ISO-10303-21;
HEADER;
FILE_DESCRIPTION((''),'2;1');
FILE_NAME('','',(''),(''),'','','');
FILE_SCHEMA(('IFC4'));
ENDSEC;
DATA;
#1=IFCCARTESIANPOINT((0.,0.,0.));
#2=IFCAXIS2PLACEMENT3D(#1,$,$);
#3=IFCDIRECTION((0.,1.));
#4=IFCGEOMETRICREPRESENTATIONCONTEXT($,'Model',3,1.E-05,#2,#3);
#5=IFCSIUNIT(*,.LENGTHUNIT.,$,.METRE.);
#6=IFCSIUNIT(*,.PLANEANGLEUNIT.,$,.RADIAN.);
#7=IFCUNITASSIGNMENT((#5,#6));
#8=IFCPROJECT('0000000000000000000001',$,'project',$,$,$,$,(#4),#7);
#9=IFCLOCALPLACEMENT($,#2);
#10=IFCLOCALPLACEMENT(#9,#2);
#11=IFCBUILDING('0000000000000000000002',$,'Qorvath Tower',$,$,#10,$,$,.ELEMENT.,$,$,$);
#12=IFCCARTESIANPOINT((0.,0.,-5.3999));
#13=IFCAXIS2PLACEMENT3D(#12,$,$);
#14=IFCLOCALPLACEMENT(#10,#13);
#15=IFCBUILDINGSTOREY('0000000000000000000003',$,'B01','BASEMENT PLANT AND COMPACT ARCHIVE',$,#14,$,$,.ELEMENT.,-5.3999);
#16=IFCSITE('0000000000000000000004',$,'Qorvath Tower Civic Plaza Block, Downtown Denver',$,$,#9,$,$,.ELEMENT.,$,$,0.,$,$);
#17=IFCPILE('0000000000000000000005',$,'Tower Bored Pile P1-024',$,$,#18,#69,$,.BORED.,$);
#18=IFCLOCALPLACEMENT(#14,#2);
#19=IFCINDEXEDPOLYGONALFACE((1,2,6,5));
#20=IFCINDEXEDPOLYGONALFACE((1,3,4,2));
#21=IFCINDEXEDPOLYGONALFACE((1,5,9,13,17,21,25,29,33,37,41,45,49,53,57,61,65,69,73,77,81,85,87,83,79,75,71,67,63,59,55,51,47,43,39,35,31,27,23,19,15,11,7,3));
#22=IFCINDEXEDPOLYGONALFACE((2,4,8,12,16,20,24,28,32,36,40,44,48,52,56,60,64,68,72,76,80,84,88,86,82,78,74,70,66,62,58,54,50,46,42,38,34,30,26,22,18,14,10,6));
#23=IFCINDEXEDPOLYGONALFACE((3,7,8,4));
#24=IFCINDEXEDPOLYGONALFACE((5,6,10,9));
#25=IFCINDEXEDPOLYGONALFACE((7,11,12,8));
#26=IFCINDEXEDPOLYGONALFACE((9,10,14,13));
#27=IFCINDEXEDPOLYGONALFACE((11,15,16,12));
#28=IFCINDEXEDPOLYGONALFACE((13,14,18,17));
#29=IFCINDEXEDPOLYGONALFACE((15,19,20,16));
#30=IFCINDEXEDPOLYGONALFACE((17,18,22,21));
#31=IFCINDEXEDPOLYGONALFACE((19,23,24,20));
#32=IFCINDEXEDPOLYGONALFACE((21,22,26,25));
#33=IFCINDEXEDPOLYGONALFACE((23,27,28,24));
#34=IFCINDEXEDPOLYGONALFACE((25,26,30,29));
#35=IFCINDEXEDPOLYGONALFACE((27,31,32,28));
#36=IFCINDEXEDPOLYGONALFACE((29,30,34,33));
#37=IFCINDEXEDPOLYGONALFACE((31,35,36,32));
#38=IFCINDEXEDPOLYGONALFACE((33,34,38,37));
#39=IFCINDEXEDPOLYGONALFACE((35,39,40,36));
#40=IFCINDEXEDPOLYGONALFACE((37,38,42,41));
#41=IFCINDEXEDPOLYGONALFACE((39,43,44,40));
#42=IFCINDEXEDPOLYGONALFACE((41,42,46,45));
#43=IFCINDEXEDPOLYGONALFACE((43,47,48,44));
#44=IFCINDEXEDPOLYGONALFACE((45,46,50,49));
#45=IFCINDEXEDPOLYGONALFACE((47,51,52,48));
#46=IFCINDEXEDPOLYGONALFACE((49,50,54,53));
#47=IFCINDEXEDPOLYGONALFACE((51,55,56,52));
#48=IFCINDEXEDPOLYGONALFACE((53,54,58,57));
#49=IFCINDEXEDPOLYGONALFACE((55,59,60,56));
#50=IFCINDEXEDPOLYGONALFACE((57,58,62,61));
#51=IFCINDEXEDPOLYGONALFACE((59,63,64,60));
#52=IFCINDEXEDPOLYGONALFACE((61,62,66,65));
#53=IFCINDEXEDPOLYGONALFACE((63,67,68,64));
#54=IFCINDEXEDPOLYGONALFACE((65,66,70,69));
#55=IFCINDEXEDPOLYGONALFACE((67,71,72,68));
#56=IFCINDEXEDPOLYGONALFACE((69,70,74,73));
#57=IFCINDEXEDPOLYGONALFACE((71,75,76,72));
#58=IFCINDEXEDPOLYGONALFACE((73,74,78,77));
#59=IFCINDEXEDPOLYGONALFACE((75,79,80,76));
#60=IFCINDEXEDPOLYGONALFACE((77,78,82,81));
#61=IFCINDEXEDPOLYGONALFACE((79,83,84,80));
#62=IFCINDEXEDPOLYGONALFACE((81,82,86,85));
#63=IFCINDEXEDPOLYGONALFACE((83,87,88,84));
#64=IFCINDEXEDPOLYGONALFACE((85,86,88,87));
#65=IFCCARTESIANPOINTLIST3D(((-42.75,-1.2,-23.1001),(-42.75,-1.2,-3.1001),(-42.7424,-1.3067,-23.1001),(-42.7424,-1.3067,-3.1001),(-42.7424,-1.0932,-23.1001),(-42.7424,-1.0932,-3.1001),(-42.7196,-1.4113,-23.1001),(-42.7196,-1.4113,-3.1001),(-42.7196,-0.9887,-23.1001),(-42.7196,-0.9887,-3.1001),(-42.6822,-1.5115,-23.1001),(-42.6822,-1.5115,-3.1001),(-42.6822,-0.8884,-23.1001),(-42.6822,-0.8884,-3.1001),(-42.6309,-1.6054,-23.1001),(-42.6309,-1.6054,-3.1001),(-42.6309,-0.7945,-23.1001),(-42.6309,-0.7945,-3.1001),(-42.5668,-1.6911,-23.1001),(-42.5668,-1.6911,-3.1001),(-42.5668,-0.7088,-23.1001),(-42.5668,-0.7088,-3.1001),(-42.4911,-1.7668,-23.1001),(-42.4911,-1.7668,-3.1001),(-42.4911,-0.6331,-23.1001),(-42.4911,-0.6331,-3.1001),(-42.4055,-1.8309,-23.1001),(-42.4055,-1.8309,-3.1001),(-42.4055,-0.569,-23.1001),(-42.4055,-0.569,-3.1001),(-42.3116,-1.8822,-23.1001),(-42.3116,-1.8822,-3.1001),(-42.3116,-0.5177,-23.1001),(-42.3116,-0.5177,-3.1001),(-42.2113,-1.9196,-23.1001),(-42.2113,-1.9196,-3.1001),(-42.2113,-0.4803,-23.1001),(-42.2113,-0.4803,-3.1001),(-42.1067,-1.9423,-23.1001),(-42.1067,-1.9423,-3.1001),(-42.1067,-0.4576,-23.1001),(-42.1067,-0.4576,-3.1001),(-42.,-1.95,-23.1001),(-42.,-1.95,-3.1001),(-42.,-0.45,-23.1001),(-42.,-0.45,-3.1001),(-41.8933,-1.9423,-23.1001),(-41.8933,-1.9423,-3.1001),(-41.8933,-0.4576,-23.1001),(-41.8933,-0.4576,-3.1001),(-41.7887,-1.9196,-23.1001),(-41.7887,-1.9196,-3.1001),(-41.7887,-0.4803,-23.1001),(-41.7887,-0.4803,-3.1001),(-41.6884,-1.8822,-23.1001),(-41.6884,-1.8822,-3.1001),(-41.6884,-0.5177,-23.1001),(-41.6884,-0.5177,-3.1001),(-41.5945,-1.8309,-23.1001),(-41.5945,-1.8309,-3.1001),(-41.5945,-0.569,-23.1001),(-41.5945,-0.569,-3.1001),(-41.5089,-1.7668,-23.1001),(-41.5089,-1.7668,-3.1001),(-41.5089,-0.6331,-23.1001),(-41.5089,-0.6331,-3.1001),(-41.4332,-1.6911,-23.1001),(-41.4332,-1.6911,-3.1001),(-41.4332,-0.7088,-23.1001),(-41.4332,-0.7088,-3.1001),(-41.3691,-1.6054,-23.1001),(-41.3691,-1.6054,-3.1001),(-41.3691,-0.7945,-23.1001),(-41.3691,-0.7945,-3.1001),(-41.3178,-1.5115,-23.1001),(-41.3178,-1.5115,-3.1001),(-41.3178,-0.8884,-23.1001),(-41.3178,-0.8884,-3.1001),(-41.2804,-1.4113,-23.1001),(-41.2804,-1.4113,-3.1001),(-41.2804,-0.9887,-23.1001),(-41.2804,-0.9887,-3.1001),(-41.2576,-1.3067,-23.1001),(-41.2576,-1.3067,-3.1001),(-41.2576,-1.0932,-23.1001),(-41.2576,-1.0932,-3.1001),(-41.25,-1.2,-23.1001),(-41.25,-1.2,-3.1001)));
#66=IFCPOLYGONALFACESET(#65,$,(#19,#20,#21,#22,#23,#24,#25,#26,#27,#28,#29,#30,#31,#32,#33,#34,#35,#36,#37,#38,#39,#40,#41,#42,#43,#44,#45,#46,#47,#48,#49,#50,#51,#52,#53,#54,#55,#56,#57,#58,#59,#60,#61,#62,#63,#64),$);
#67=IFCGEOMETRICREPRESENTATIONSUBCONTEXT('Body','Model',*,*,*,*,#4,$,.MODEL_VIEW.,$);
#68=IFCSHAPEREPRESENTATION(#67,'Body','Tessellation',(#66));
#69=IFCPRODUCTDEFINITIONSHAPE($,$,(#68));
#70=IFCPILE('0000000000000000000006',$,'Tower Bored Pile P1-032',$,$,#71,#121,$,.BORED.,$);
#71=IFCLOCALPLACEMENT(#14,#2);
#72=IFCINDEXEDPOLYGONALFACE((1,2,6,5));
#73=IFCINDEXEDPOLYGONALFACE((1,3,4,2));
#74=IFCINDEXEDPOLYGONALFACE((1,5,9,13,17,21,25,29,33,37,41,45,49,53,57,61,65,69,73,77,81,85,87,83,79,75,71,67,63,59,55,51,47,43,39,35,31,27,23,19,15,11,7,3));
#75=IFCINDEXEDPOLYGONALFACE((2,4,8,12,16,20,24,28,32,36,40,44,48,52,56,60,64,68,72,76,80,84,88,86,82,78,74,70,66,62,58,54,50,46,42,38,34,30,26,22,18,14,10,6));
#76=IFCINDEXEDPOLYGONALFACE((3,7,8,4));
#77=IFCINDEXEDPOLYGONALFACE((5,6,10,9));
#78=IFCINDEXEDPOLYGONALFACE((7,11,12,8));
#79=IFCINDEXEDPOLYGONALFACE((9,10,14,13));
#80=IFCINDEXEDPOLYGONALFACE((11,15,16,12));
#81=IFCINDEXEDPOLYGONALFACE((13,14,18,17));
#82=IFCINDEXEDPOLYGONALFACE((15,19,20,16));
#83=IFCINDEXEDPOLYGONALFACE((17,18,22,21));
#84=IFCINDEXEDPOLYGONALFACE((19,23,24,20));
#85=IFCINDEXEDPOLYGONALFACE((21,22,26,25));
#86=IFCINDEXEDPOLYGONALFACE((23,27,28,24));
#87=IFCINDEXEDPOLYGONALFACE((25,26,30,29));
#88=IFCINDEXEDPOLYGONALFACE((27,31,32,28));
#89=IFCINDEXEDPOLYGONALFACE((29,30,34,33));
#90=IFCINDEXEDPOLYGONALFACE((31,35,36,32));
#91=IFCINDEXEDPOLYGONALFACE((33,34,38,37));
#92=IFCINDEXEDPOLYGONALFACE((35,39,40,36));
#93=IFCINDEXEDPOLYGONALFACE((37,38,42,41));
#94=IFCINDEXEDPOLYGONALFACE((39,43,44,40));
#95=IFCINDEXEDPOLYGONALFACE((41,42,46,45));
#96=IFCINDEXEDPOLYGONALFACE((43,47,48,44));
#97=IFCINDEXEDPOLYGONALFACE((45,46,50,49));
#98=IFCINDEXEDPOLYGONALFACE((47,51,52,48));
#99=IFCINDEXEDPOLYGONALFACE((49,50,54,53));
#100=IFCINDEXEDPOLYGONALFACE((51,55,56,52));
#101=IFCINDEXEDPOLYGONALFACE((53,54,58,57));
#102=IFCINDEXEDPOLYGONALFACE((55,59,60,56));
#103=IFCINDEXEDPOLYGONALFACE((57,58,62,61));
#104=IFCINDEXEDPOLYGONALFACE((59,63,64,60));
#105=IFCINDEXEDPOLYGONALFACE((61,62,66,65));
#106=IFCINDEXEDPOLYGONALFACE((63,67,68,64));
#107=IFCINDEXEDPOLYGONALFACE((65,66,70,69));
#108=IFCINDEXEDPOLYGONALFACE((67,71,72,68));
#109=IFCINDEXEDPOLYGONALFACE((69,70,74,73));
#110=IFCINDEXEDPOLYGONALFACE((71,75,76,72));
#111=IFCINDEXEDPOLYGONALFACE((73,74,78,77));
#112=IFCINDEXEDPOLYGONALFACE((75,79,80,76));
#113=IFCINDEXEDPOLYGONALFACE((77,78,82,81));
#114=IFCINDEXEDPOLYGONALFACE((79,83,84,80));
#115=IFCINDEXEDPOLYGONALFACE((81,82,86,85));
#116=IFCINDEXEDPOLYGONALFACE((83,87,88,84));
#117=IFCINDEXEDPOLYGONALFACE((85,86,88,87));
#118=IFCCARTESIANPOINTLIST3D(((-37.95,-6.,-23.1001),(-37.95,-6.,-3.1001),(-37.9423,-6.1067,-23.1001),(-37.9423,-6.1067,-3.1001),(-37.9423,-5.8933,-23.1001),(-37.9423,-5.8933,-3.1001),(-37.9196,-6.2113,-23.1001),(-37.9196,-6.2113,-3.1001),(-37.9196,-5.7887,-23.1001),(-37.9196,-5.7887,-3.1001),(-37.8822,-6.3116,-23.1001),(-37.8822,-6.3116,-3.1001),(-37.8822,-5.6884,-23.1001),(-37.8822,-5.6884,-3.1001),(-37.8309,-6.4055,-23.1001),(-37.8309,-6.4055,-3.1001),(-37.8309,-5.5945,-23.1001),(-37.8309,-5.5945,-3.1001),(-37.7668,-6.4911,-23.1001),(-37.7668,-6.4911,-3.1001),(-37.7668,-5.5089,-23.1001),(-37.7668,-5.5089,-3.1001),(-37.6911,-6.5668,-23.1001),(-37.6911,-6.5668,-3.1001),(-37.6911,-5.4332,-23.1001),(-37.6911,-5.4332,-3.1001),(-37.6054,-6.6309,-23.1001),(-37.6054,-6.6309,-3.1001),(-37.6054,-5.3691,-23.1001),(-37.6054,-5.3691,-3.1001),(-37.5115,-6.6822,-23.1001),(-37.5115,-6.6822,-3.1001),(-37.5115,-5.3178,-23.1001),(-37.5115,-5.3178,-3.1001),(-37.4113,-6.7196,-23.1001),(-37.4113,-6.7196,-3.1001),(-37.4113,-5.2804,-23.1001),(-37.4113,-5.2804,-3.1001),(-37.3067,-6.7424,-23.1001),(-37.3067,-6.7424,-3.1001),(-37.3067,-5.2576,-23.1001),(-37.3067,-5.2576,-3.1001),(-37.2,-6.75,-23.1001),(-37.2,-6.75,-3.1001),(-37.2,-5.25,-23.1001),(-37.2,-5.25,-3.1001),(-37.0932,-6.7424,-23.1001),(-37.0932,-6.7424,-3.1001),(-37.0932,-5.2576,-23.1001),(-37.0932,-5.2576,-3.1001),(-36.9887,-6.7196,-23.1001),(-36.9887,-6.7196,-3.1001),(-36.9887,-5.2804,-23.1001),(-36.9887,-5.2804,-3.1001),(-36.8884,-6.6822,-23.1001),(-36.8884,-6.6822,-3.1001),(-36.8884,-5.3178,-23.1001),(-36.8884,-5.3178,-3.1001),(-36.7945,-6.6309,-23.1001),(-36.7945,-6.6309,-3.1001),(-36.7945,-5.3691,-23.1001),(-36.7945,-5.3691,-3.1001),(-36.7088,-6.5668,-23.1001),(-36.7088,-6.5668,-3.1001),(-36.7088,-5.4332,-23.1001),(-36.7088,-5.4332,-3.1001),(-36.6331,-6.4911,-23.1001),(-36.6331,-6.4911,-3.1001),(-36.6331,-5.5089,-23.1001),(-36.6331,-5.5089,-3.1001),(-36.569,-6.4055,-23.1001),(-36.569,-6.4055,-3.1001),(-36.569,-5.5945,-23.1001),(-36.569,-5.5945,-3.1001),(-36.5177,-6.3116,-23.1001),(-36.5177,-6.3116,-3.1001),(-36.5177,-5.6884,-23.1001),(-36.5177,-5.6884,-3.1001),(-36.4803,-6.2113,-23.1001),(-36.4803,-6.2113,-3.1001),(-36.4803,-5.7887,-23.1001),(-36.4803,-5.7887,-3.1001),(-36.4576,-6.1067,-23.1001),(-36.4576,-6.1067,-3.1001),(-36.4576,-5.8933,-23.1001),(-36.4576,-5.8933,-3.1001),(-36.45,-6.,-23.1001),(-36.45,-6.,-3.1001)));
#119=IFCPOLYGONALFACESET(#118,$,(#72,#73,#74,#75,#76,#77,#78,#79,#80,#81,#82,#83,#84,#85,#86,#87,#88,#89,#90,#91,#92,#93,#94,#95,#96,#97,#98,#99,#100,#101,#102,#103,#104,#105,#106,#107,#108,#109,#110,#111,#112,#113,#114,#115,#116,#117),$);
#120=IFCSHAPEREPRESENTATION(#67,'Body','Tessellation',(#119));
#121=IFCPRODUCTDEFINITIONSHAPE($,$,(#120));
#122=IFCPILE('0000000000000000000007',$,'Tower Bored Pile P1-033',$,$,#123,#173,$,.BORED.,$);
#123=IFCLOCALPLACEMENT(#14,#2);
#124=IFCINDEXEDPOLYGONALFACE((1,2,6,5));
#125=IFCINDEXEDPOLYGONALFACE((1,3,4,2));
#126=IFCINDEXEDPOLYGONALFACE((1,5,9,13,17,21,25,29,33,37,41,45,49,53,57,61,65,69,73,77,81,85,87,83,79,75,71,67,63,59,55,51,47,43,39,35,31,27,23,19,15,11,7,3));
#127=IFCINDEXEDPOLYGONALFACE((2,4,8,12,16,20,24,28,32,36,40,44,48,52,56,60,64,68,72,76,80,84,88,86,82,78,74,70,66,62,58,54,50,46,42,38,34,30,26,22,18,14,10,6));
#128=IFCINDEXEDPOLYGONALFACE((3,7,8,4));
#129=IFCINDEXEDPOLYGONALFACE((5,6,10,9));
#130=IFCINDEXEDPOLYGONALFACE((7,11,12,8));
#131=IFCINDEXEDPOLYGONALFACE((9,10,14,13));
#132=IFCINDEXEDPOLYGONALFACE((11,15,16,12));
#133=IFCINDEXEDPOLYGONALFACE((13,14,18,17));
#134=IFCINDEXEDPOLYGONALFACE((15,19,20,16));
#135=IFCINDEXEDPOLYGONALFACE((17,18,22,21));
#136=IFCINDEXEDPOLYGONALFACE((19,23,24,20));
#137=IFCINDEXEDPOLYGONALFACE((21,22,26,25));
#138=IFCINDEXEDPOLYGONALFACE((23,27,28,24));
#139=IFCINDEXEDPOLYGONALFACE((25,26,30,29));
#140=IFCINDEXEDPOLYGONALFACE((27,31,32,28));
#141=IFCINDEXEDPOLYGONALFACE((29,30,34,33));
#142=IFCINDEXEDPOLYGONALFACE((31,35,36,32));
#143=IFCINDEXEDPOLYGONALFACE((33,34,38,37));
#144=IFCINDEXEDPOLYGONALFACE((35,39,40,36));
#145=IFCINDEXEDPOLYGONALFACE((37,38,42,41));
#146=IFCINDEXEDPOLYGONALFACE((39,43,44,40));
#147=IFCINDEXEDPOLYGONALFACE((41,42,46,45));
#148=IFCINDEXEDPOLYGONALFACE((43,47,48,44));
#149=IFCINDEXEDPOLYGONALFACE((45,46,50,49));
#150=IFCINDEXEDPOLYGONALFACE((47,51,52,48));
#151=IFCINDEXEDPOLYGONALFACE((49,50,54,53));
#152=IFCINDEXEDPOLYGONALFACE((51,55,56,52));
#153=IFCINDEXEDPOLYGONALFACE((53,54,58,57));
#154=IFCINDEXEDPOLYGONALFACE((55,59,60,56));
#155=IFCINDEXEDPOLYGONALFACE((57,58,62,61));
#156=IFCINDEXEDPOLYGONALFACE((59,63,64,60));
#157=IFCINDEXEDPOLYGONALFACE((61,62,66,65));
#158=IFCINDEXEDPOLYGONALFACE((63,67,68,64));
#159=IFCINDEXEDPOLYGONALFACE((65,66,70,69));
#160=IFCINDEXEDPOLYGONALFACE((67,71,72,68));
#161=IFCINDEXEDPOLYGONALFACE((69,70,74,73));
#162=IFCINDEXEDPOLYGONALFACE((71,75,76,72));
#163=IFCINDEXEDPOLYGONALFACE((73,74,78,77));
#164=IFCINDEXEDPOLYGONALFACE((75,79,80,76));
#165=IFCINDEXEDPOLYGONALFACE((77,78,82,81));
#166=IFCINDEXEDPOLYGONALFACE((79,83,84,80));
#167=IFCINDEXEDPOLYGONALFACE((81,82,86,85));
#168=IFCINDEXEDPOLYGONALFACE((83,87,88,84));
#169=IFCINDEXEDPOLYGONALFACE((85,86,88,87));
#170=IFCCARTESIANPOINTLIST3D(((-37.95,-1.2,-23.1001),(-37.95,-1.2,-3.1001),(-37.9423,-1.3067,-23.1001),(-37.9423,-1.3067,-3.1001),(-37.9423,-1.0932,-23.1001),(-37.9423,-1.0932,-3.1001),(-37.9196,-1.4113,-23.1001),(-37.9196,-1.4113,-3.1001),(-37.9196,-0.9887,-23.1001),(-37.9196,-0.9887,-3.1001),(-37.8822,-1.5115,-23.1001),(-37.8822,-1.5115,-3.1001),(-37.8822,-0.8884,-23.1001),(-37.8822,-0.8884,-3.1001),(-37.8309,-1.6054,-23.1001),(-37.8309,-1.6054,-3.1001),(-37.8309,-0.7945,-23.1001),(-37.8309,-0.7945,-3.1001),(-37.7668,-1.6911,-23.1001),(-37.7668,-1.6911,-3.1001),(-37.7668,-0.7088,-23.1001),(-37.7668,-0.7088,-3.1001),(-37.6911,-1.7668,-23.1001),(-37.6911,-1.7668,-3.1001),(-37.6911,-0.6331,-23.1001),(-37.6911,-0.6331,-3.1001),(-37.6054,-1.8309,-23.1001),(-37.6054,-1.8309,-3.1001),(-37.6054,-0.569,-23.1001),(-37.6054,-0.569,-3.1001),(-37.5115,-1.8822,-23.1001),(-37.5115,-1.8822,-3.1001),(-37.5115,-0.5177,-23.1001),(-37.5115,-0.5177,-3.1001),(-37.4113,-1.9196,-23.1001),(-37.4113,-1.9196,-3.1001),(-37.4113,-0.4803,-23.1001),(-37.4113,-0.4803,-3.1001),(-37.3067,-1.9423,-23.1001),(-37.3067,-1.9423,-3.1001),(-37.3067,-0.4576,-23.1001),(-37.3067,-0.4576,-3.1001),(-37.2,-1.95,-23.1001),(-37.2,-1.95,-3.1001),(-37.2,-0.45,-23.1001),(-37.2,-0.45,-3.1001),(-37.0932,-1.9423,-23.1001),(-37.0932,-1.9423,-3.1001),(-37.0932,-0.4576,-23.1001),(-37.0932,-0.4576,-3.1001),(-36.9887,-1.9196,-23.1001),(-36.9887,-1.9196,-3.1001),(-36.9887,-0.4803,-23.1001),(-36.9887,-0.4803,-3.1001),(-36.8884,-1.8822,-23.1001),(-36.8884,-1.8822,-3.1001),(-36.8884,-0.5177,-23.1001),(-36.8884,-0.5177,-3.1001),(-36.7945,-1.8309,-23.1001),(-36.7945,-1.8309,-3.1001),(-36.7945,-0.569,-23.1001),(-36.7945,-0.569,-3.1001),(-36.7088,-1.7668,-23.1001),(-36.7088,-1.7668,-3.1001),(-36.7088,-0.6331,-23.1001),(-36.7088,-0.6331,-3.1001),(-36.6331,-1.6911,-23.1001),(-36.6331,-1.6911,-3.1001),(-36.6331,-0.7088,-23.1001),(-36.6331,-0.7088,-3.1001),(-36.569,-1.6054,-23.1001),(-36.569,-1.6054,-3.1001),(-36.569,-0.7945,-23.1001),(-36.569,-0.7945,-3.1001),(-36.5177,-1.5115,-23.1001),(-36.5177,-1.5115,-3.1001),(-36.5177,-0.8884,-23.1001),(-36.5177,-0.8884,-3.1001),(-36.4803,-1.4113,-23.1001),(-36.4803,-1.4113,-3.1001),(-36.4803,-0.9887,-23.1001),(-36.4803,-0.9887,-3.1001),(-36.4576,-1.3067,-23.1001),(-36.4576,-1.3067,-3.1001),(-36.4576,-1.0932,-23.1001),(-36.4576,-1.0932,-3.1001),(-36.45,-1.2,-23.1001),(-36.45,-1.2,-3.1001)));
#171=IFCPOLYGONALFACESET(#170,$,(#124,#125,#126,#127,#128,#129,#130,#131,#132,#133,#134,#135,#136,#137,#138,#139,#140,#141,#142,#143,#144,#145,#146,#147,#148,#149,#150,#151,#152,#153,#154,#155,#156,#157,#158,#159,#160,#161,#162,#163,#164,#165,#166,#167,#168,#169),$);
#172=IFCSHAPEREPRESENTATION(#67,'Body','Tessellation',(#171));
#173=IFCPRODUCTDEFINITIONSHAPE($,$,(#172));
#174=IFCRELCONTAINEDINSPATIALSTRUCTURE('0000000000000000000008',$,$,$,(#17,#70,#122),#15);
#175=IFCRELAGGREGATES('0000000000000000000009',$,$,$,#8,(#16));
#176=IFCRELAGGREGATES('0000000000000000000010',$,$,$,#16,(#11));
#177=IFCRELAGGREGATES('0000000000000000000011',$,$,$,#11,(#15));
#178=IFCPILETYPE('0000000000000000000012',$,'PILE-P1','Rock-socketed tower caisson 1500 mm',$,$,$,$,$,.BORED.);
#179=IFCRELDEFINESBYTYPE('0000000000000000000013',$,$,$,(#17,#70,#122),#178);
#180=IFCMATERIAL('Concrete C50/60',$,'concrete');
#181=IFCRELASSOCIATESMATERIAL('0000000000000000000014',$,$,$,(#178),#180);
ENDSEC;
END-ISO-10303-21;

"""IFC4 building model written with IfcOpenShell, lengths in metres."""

from ifc_helpers import new_model, si_unit, direction, frame, origin, origin_2d, place, context, subcontext, project, spatial, circle, extrude, material, material_profile, profile_set, type_object, element, save


model = new_model("IFC4")

# Units and contexts
model_context = context("Model", 3, precision=1e-05, world=origin(), true_north=direction((0.0, 1.0)))
body_context = subcontext(model_context, "Body", "Model", "MODEL_VIEW")
ifc_project = project(units=[si_unit("LENGTHUNIT", "METRE"), si_unit("PLANEANGLEUNIT", "RADIAN")], contexts=[model_context])

# Site, building, storey
site_placement = place(None, origin())
site = spatial("IfcSite", under=ifc_project, at=site_placement, Name="Qorvath Tower Civic Plaza Block, Downtown Denver", CompositionType="ELEMENT", RefElevation=0.0)
building_placement = place(site_placement, origin())
building = spatial("IfcBuilding", under=site, at=building_placement, Name="Qorvath Tower", CompositionType="ELEMENT")
storey_placement = place(building_placement, frame((0.0, 0.0, -5.3999)))
storey = spatial("IfcBuildingStorey", under=building, at=storey_placement, Name="B01", Description="BASEMENT PLANT AND COMPACT ARCHIVE", CompositionType="ELEMENT", Elevation=-5.3999)

# Piles
ifc_material_1 = material(Name="Concrete C50/60", Category="concrete")
ifc_material_profile_1 = material_profile(ifc_material_1, circle(Radius=0.75, at=origin_2d()), Name="BORED PILE 1500")
ifc_profile_set_1 = profile_set([ifc_material_profile_1], Name="Concrete C50/60")
pile_type = type_object("IfcPileType", Name="PILE-P1", Description="Rock-socketed tower caisson 1500 mm", PredefinedType="BORED", material=ifc_profile_set_1)
for number, where, z_axis, x_axis, name in (
    (1, (-42.0, -1.2, -3.1001), (0.0, 0.0, -1.0), (1.0, 0.0, 0.0), "Tower Bored Pile P1-024"),
    (2, (-37.2, -6.0, -3.1001), (0.0, 0.0, -1.0), (1.0, 0.0, 0.0), "Tower Bored Pile P1-032"),
    (3, (-37.2, -1.2, -3.1001), (0.0, 0.0, -1.0), (1.0, 0.0, 0.0), "Tower Bored Pile P1-033"),
):
    element("IfcPile", number, at=place(storey_placement, frame(where, z_axis=z_axis, x_axis=x_axis)), inside=storey, type_object=pile_type, Name=name, PredefinedType="BORED", context=body_context, shape_type="SweptSolid", body=[
        extrude(circle(Radius=0.75, at=origin_2d()), origin(), (0.0, 0.0, 1.0), 20.0),
    ])

save(model, "model.ifc")
